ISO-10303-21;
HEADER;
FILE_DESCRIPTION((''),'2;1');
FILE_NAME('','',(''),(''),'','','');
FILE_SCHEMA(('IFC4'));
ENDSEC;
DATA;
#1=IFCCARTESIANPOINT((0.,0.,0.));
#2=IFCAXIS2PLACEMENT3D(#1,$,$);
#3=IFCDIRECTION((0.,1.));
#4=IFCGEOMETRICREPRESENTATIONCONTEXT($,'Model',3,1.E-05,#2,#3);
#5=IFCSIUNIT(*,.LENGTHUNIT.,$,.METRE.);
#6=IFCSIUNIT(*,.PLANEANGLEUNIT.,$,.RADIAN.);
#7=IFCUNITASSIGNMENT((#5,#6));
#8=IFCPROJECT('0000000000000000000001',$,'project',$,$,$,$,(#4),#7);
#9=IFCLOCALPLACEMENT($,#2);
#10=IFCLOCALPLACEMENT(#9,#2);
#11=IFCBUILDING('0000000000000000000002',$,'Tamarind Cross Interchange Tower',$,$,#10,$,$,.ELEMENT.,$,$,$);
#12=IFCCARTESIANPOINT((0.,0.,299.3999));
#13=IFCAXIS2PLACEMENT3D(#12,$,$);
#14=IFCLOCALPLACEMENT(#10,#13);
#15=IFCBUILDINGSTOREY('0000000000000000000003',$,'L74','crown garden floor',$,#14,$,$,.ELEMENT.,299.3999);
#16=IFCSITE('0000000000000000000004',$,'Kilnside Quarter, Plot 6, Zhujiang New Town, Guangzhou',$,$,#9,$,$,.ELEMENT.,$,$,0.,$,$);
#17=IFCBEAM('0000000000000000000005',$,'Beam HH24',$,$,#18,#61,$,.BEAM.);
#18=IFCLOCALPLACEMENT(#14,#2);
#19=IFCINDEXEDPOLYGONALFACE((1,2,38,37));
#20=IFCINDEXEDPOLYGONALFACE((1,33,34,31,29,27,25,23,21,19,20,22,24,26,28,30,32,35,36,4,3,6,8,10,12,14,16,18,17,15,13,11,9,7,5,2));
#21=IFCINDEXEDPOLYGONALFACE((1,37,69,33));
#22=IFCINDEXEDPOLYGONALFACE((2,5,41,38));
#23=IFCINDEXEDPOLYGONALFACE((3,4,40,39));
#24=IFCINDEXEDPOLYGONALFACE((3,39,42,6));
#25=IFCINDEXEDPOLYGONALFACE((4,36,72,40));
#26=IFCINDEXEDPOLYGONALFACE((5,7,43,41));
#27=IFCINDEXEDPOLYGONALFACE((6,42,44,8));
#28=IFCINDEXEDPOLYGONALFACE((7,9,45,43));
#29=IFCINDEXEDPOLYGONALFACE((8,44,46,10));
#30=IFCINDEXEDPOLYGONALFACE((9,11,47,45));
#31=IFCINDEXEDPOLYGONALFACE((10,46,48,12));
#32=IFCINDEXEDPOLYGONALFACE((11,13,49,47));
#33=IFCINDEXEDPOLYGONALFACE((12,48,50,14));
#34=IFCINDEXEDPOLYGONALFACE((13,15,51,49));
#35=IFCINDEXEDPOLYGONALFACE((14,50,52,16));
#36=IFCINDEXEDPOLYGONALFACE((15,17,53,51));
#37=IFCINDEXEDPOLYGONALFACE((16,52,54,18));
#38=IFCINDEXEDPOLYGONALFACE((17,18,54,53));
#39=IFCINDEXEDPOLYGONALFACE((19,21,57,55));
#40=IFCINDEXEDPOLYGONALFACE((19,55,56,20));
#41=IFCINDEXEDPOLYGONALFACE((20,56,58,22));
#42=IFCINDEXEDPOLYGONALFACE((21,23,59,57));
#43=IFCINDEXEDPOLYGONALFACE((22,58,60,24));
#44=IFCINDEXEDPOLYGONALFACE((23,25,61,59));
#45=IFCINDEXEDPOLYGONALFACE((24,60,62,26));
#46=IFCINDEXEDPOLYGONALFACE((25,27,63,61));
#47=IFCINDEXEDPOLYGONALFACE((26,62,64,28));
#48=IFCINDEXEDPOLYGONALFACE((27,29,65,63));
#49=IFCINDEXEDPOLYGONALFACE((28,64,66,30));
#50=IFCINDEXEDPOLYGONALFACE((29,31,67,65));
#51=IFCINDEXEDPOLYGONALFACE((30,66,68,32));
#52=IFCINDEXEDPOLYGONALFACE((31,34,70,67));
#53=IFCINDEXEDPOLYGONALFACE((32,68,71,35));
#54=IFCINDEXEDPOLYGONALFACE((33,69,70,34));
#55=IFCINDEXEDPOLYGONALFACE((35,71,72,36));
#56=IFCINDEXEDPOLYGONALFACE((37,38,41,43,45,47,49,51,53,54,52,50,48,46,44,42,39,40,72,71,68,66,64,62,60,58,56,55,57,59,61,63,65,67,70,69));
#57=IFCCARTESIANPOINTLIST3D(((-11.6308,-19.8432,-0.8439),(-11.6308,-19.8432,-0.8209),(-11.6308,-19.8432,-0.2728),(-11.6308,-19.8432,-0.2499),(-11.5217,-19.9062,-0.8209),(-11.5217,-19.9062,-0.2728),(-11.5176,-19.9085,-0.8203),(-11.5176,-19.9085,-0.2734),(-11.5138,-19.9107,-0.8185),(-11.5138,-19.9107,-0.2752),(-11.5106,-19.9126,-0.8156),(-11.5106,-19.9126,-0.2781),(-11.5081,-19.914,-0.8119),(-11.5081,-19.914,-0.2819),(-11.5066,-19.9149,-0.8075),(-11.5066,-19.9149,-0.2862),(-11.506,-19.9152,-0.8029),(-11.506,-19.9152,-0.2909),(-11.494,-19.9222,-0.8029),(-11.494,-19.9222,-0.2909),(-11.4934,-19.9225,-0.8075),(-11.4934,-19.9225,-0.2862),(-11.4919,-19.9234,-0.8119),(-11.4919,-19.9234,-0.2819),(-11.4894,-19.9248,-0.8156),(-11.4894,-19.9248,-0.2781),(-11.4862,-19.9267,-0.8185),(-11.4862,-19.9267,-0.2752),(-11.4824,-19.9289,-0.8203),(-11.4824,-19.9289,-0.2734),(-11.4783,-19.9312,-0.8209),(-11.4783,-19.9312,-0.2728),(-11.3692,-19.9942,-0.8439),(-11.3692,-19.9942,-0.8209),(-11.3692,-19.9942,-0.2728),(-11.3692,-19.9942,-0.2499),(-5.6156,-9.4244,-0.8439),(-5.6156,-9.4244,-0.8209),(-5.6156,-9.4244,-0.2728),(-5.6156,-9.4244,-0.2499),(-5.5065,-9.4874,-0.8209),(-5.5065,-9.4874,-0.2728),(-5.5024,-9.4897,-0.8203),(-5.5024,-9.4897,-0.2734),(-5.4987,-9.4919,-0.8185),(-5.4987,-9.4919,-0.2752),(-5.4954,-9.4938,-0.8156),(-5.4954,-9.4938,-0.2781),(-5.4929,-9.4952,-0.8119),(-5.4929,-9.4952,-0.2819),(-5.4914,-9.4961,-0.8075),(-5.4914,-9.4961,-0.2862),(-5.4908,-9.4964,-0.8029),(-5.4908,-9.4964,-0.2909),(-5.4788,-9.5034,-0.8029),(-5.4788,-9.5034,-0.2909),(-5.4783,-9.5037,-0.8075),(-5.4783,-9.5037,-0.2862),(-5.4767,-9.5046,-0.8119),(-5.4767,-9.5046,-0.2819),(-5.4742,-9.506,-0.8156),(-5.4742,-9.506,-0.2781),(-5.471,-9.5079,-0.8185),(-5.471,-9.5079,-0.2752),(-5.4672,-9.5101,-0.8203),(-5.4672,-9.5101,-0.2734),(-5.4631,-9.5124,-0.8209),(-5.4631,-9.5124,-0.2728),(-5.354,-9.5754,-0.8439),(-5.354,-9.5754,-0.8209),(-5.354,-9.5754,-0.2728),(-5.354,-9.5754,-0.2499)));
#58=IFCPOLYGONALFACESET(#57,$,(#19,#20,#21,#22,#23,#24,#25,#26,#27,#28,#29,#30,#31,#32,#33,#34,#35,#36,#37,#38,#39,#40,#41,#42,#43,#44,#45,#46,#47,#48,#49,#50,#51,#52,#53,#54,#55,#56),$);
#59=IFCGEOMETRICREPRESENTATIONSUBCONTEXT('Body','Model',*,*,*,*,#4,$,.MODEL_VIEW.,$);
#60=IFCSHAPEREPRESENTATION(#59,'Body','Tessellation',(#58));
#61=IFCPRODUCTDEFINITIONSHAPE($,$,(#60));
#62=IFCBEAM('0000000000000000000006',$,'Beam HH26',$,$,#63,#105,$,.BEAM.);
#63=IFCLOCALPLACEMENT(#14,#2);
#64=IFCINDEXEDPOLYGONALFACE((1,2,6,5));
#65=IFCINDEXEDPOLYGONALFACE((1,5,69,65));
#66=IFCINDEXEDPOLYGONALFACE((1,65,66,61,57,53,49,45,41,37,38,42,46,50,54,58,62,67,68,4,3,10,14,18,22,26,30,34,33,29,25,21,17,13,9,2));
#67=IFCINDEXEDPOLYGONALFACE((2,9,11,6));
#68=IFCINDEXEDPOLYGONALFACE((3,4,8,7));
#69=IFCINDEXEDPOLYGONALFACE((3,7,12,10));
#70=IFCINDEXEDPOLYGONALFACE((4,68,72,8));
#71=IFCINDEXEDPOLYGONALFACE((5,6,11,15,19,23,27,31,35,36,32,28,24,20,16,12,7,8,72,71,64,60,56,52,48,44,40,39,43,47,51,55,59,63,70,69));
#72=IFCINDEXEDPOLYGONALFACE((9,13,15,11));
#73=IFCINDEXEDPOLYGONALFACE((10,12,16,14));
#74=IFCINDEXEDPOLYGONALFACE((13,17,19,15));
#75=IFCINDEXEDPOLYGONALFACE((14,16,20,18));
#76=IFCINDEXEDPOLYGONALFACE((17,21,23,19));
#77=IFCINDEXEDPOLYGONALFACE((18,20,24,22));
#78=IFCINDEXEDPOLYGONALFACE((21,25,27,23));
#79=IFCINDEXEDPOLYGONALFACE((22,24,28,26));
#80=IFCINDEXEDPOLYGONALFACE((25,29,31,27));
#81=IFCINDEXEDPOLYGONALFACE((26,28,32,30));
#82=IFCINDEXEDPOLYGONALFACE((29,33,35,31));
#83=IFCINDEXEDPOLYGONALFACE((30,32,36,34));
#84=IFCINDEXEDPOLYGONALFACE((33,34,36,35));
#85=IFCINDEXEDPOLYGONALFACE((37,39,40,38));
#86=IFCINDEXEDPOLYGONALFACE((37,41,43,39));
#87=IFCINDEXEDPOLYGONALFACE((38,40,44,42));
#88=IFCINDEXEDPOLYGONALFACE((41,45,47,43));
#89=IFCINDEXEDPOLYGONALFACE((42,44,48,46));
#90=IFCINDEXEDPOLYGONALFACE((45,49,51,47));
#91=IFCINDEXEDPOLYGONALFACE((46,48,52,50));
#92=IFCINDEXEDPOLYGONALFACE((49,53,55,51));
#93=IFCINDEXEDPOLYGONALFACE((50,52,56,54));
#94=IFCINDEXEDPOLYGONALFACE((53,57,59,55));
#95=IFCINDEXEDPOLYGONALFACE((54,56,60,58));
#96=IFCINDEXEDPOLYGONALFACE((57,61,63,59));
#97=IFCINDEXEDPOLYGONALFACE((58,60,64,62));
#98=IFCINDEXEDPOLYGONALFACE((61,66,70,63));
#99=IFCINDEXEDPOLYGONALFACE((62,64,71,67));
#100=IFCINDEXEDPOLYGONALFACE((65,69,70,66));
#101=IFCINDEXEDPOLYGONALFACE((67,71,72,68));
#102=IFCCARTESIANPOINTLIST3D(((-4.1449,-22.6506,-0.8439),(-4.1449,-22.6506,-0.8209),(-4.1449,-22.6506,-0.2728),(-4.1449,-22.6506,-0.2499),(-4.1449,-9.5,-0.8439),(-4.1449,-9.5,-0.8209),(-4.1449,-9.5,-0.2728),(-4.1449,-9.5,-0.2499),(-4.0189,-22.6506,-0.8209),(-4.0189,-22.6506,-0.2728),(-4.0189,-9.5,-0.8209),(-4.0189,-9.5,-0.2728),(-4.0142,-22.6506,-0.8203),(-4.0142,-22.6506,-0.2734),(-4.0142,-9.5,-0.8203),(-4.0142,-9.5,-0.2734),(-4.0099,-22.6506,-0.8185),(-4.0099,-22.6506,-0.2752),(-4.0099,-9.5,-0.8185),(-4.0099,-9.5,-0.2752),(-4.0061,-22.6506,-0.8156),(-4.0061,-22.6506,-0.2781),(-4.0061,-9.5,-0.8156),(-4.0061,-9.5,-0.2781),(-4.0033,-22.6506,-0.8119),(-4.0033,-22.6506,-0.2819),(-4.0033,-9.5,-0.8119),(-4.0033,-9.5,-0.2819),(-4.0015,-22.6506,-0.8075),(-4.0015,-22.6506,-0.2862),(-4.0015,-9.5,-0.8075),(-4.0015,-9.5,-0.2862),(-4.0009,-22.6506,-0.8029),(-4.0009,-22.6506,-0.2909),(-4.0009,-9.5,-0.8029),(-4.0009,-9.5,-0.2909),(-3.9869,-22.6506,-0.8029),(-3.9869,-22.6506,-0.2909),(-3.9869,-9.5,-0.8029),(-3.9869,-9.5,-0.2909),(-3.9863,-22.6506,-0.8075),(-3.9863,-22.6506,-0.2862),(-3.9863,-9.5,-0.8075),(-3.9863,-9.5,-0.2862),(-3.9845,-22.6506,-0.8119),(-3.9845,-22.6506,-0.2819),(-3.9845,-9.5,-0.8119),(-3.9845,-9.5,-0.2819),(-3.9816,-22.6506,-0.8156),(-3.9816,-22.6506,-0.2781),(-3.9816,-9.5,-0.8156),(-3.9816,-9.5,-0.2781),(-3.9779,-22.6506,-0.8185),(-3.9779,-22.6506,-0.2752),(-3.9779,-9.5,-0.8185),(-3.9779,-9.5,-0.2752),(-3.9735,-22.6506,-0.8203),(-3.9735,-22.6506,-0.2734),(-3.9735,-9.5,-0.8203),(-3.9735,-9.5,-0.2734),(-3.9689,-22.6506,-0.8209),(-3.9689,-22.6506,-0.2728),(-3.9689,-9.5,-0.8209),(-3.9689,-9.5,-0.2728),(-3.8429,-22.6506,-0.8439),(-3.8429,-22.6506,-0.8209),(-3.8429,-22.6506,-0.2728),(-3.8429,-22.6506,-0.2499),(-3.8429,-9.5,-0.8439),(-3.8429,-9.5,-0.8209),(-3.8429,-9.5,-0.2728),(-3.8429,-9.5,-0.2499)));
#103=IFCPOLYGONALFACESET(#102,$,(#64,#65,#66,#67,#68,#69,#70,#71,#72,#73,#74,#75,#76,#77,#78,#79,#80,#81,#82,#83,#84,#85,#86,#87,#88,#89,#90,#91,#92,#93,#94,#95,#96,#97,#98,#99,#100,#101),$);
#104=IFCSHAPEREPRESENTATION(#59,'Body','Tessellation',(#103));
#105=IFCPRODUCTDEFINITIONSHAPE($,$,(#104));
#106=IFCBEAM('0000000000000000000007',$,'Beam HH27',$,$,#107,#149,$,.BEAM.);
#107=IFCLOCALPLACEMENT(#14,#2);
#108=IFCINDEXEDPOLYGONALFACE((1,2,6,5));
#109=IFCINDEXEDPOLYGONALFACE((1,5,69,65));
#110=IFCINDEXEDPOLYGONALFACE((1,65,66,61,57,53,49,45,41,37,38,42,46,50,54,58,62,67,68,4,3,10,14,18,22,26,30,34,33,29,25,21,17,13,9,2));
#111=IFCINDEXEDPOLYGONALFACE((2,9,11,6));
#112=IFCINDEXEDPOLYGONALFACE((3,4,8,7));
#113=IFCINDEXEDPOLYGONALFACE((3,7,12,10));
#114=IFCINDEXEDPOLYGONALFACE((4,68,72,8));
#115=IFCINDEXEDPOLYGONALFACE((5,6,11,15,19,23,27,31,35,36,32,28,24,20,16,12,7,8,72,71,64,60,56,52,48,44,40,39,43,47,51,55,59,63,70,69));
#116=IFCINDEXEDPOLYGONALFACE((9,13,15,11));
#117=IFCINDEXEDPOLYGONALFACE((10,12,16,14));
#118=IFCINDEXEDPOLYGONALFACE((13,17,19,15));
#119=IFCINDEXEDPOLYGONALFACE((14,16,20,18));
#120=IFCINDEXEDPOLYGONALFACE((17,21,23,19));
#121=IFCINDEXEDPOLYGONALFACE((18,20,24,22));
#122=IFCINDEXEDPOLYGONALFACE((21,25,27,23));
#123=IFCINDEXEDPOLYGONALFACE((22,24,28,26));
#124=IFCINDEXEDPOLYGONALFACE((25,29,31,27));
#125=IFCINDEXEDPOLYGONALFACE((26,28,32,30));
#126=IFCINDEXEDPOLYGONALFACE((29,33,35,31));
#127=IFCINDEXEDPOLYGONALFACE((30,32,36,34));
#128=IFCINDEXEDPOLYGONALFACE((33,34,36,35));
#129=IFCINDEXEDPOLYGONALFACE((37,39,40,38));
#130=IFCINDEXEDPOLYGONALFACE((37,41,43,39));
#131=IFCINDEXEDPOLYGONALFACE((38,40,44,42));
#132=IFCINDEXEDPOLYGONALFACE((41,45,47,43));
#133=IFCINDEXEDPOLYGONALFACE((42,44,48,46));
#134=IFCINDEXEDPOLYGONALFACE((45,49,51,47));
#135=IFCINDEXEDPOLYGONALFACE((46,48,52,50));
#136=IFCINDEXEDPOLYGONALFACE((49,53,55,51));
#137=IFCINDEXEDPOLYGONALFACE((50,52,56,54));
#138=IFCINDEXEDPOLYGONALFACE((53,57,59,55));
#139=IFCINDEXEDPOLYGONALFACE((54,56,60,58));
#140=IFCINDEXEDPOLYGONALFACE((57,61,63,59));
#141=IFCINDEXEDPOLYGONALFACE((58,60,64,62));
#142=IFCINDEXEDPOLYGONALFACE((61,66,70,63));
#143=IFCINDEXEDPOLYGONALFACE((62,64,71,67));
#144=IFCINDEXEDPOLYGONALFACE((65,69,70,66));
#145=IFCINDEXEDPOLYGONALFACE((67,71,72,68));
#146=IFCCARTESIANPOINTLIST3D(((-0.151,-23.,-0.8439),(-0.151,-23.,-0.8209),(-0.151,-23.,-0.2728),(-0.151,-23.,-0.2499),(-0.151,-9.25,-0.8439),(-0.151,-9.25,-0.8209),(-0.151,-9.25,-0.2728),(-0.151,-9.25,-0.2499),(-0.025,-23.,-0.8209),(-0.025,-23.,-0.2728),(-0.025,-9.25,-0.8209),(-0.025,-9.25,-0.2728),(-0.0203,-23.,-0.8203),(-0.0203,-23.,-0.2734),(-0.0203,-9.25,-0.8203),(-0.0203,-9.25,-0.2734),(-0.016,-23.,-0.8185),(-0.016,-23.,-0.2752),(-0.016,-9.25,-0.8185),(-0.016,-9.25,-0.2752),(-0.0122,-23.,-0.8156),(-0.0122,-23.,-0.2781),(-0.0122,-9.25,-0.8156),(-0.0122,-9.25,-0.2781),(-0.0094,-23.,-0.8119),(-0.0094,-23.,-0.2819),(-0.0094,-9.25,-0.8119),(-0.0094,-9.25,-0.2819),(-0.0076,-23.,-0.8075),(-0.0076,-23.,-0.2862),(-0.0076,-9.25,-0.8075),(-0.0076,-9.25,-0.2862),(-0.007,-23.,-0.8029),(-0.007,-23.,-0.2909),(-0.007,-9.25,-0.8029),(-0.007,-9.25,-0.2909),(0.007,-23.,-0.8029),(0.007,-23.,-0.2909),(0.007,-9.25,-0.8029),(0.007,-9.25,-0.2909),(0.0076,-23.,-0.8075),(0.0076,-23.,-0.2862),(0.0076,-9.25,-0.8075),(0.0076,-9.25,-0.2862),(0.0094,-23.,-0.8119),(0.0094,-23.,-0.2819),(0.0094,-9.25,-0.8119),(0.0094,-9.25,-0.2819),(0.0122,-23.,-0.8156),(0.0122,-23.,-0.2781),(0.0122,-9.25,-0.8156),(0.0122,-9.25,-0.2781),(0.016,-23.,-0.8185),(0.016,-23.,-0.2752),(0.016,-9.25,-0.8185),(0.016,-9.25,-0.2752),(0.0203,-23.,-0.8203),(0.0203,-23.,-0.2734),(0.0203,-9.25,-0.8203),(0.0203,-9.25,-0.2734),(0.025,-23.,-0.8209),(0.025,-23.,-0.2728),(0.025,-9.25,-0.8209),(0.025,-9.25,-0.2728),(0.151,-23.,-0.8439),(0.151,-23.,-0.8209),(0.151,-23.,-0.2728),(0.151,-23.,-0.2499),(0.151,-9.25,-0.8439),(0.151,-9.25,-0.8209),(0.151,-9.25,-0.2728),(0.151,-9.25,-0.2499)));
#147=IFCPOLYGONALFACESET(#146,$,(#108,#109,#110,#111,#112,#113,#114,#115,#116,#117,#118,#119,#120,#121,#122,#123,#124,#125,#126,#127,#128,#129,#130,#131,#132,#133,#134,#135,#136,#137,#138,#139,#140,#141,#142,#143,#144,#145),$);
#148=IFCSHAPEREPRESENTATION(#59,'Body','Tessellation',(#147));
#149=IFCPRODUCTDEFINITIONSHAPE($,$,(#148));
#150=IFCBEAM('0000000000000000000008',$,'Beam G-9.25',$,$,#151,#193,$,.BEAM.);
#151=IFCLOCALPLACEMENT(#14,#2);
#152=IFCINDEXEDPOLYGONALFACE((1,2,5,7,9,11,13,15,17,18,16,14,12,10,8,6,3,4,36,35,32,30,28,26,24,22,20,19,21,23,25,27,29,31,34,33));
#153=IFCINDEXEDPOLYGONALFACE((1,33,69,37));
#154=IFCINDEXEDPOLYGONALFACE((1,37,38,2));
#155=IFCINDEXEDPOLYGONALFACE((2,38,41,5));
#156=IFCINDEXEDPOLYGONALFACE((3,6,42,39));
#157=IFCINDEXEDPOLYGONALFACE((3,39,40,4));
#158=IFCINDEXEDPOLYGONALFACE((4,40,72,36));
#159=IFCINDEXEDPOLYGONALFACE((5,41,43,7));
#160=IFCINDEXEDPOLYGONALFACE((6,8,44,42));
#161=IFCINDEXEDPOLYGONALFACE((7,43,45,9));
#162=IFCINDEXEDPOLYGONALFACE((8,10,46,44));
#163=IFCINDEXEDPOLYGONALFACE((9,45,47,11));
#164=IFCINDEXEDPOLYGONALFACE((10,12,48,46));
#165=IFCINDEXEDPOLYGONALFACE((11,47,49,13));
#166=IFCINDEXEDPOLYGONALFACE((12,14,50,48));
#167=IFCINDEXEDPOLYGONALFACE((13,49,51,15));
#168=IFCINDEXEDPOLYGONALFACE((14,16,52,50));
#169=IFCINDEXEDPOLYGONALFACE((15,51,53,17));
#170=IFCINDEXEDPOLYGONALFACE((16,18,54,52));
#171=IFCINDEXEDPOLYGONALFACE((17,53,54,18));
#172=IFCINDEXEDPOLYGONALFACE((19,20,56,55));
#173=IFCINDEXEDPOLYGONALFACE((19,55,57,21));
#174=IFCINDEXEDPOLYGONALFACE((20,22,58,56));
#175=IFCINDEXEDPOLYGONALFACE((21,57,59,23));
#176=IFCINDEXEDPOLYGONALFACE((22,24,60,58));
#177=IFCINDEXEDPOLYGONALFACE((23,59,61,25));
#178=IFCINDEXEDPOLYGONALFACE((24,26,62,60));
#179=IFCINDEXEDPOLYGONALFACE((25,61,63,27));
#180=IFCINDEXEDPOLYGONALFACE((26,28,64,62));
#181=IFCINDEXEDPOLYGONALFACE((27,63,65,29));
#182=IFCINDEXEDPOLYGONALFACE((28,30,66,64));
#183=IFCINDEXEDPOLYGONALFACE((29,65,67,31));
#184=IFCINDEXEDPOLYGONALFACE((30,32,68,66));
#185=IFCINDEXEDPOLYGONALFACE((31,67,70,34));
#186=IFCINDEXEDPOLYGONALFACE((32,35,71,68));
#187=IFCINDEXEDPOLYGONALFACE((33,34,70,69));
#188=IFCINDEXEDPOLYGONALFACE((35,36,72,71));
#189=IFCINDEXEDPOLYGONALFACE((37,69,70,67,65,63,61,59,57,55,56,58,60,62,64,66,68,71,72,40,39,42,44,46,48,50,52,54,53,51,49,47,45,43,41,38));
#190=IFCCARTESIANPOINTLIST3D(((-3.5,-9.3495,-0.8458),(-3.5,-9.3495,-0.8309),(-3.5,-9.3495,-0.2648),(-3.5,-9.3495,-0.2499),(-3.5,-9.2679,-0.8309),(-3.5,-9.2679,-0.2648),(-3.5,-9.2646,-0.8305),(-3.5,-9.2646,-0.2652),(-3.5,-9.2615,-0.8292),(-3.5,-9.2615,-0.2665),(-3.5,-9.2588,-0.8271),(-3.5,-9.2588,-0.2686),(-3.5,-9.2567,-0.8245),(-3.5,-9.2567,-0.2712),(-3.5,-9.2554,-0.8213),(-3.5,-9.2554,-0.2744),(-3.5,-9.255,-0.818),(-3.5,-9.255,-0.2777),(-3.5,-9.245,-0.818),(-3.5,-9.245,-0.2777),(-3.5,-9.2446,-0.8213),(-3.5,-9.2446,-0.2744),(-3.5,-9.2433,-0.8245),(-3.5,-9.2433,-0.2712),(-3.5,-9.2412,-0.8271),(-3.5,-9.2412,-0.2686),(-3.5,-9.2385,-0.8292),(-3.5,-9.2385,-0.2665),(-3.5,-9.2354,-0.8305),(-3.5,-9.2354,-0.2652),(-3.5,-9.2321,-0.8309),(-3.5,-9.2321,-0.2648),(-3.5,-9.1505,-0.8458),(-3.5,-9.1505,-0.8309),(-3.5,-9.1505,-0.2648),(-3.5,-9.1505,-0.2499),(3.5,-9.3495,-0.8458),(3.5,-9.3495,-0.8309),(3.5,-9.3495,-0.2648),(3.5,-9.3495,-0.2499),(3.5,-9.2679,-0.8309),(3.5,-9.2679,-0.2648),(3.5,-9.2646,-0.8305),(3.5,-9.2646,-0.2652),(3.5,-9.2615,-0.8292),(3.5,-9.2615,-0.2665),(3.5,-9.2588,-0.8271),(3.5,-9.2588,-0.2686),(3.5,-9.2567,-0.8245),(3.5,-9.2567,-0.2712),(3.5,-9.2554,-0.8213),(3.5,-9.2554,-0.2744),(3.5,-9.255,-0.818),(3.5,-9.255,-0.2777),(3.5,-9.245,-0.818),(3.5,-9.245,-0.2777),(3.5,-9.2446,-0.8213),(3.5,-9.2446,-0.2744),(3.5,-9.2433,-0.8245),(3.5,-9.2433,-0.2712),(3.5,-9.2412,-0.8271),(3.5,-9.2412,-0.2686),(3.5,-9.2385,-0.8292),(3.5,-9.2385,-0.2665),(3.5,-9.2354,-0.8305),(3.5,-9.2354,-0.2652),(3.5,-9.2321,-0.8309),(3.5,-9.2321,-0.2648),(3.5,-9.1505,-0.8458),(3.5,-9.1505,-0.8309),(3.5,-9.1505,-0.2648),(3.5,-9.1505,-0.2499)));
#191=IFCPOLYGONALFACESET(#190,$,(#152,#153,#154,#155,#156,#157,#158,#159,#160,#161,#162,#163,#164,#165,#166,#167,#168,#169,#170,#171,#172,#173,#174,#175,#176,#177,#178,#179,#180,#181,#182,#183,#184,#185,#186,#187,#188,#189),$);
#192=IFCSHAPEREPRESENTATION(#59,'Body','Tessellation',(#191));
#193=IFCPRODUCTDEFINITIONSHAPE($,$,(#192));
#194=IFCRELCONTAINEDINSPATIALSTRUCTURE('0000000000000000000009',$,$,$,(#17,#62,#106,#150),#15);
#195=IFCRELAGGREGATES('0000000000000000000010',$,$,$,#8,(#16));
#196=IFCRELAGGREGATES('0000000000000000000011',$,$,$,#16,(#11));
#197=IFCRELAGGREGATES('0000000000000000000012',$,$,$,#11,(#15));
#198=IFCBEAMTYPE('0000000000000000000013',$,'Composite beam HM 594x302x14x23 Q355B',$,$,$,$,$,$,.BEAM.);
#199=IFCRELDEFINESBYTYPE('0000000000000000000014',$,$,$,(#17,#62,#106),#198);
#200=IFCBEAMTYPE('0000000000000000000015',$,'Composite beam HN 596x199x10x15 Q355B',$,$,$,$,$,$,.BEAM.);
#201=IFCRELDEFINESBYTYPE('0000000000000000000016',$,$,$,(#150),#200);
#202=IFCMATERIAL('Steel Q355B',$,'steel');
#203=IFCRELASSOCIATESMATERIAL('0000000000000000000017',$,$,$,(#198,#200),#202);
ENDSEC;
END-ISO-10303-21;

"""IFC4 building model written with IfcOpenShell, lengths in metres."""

from ifc_helpers import new_model, si_unit, direction, frame, origin, origin_2d, place, context, subcontext, project, spatial, i_section, extrude, material, material_profile, profile_set, type_object, element, save


model = new_model("IFC4")

# Units and contexts
model_context = context("Model", 3, precision=1e-05, world=origin(), true_north=direction((0.0, 1.0)))
body_context = subcontext(model_context, "Body", "Model", "MODEL_VIEW")
ifc_project = project(units=[si_unit("LENGTHUNIT", "METRE"), si_unit("PLANEANGLEUNIT", "RADIAN")], contexts=[model_context])

# Site, building, storey
site_placement = place(None, origin())
site = spatial("IfcSite", under=ifc_project, at=site_placement, Name="Kilnside Quarter, Plot 6, Zhujiang New Town, Guangzhou", CompositionType="ELEMENT", RefElevation=0.0)
building_placement = place(site_placement, origin())
building = spatial("IfcBuilding", under=site, at=building_placement, Name="Tamarind Cross Interchange Tower", CompositionType="ELEMENT")
storey_placement = place(building_placement, frame((0.0, 0.0, 299.3999)))
storey = spatial("IfcBuildingStorey", under=building, at=storey_placement, Name="L74", Description="crown garden floor", CompositionType="ELEMENT", Elevation=299.3999)

# Beams
ifc_material_1 = material(Name="Steel Q355B", Category="steel")
ifc_material_profile_1 = material_profile(ifc_material_1, i_section(OverallWidth=0.302, OverallDepth=0.594, WebThickness=0.0139, FlangeThickness=0.0229, FilletRadius=0.0181, at=origin_2d()), Name="HM 594x302x14x23")
ifc_profile_set_1 = profile_set([ifc_material_profile_1], Name="Steel Q355B")
beam_type_1 = type_object("IfcBeamType", Name="Composite beam HM 594x302x14x23 Q355B", PredefinedType="BEAM", material=ifc_profile_set_1)
beam_1_placement = place(storey_placement, frame((-11.5, -19.9187, -0.5469), z_axis=(0.499994, 0.866029, 0.0), x_axis=(-0.866029, 0.499994, 0.0)))
element("IfcBeam", 1, at=beam_1_placement, inside=storey, type_object=beam_type_1, Name="Beam HH24", PredefinedType="BEAM", context=body_context, shape_type="SweptSolid", body=[
    extrude(i_section(OverallWidth=0.302, OverallDepth=0.594, WebThickness=0.0139, FlangeThickness=0.0229, FilletRadius=0.0181, at=origin_2d()), origin(), (0.0, 0.0, 1.0), 12.0305),
])
beam_2_placement = place(storey_placement, frame((-3.9939, -22.6506, -0.5469), z_axis=(0.0, 1.0, 0.0), x_axis=(-1.0, 0.0, 0.0)))
element("IfcBeam", 2, at=beam_2_placement, inside=storey, type_object=beam_type_1, Name="Beam HH26", PredefinedType="BEAM", context=body_context, shape_type="SweptSolid", body=[
    extrude(i_section(OverallWidth=0.302, OverallDepth=0.594, WebThickness=0.0139, FlangeThickness=0.0229, FilletRadius=0.0181, at=origin_2d()), origin(), (0.0, 0.0, 1.0), 13.1506),
])
beam_3_placement = place(storey_placement, frame((0.0, -23.0, -0.5469), z_axis=(0.0, 1.0, 0.0), x_axis=(-1.0, 0.0, 0.0)))
element("IfcBeam", 3, at=beam_3_placement, inside=storey, type_object=beam_type_1, Name="Beam HH27", PredefinedType="BEAM", context=body_context, shape_type="SweptSolid", body=[
    extrude(i_section(OverallWidth=0.302, OverallDepth=0.594, WebThickness=0.0139, FlangeThickness=0.0229, FilletRadius=0.0181, at=origin_2d()), origin(), (0.0, 0.0, 1.0), 13.75),
])
ifc_material_profile_2 = material_profile(ifc_material_1, i_section(OverallWidth=0.199, OverallDepth=0.5959, WebThickness=0.01, FlangeThickness=0.0149, FilletRadius=0.0129, at=origin_2d()), Name="HN 596x199x10x15")
ifc_profile_set_2 = profile_set([ifc_material_profile_2], Name="Steel Q355B")
beam_type_2 = type_object("IfcBeamType", Name="Composite beam HN 596x199x10x15 Q355B", PredefinedType="BEAM", material=ifc_profile_set_2)
beam_4_placement = place(storey_placement, frame((-3.5, -9.25, -0.5479), z_axis=(1.0, 0.0, 0.0), x_axis=(0.0, 1.0, 0.0)))
element("IfcBeam", 4, at=beam_4_placement, inside=storey, type_object=beam_type_2, Name="Beam G-9.25", PredefinedType="BEAM", context=body_context, shape_type="SweptSolid", body=[
    extrude(i_section(OverallWidth=0.199, OverallDepth=0.5959, WebThickness=0.01, FlangeThickness=0.0149, FilletRadius=0.0129, at=origin_2d()), origin(), (0.0, 0.0, 1.0), 7.0),
])

save(model, "model.ifc")
